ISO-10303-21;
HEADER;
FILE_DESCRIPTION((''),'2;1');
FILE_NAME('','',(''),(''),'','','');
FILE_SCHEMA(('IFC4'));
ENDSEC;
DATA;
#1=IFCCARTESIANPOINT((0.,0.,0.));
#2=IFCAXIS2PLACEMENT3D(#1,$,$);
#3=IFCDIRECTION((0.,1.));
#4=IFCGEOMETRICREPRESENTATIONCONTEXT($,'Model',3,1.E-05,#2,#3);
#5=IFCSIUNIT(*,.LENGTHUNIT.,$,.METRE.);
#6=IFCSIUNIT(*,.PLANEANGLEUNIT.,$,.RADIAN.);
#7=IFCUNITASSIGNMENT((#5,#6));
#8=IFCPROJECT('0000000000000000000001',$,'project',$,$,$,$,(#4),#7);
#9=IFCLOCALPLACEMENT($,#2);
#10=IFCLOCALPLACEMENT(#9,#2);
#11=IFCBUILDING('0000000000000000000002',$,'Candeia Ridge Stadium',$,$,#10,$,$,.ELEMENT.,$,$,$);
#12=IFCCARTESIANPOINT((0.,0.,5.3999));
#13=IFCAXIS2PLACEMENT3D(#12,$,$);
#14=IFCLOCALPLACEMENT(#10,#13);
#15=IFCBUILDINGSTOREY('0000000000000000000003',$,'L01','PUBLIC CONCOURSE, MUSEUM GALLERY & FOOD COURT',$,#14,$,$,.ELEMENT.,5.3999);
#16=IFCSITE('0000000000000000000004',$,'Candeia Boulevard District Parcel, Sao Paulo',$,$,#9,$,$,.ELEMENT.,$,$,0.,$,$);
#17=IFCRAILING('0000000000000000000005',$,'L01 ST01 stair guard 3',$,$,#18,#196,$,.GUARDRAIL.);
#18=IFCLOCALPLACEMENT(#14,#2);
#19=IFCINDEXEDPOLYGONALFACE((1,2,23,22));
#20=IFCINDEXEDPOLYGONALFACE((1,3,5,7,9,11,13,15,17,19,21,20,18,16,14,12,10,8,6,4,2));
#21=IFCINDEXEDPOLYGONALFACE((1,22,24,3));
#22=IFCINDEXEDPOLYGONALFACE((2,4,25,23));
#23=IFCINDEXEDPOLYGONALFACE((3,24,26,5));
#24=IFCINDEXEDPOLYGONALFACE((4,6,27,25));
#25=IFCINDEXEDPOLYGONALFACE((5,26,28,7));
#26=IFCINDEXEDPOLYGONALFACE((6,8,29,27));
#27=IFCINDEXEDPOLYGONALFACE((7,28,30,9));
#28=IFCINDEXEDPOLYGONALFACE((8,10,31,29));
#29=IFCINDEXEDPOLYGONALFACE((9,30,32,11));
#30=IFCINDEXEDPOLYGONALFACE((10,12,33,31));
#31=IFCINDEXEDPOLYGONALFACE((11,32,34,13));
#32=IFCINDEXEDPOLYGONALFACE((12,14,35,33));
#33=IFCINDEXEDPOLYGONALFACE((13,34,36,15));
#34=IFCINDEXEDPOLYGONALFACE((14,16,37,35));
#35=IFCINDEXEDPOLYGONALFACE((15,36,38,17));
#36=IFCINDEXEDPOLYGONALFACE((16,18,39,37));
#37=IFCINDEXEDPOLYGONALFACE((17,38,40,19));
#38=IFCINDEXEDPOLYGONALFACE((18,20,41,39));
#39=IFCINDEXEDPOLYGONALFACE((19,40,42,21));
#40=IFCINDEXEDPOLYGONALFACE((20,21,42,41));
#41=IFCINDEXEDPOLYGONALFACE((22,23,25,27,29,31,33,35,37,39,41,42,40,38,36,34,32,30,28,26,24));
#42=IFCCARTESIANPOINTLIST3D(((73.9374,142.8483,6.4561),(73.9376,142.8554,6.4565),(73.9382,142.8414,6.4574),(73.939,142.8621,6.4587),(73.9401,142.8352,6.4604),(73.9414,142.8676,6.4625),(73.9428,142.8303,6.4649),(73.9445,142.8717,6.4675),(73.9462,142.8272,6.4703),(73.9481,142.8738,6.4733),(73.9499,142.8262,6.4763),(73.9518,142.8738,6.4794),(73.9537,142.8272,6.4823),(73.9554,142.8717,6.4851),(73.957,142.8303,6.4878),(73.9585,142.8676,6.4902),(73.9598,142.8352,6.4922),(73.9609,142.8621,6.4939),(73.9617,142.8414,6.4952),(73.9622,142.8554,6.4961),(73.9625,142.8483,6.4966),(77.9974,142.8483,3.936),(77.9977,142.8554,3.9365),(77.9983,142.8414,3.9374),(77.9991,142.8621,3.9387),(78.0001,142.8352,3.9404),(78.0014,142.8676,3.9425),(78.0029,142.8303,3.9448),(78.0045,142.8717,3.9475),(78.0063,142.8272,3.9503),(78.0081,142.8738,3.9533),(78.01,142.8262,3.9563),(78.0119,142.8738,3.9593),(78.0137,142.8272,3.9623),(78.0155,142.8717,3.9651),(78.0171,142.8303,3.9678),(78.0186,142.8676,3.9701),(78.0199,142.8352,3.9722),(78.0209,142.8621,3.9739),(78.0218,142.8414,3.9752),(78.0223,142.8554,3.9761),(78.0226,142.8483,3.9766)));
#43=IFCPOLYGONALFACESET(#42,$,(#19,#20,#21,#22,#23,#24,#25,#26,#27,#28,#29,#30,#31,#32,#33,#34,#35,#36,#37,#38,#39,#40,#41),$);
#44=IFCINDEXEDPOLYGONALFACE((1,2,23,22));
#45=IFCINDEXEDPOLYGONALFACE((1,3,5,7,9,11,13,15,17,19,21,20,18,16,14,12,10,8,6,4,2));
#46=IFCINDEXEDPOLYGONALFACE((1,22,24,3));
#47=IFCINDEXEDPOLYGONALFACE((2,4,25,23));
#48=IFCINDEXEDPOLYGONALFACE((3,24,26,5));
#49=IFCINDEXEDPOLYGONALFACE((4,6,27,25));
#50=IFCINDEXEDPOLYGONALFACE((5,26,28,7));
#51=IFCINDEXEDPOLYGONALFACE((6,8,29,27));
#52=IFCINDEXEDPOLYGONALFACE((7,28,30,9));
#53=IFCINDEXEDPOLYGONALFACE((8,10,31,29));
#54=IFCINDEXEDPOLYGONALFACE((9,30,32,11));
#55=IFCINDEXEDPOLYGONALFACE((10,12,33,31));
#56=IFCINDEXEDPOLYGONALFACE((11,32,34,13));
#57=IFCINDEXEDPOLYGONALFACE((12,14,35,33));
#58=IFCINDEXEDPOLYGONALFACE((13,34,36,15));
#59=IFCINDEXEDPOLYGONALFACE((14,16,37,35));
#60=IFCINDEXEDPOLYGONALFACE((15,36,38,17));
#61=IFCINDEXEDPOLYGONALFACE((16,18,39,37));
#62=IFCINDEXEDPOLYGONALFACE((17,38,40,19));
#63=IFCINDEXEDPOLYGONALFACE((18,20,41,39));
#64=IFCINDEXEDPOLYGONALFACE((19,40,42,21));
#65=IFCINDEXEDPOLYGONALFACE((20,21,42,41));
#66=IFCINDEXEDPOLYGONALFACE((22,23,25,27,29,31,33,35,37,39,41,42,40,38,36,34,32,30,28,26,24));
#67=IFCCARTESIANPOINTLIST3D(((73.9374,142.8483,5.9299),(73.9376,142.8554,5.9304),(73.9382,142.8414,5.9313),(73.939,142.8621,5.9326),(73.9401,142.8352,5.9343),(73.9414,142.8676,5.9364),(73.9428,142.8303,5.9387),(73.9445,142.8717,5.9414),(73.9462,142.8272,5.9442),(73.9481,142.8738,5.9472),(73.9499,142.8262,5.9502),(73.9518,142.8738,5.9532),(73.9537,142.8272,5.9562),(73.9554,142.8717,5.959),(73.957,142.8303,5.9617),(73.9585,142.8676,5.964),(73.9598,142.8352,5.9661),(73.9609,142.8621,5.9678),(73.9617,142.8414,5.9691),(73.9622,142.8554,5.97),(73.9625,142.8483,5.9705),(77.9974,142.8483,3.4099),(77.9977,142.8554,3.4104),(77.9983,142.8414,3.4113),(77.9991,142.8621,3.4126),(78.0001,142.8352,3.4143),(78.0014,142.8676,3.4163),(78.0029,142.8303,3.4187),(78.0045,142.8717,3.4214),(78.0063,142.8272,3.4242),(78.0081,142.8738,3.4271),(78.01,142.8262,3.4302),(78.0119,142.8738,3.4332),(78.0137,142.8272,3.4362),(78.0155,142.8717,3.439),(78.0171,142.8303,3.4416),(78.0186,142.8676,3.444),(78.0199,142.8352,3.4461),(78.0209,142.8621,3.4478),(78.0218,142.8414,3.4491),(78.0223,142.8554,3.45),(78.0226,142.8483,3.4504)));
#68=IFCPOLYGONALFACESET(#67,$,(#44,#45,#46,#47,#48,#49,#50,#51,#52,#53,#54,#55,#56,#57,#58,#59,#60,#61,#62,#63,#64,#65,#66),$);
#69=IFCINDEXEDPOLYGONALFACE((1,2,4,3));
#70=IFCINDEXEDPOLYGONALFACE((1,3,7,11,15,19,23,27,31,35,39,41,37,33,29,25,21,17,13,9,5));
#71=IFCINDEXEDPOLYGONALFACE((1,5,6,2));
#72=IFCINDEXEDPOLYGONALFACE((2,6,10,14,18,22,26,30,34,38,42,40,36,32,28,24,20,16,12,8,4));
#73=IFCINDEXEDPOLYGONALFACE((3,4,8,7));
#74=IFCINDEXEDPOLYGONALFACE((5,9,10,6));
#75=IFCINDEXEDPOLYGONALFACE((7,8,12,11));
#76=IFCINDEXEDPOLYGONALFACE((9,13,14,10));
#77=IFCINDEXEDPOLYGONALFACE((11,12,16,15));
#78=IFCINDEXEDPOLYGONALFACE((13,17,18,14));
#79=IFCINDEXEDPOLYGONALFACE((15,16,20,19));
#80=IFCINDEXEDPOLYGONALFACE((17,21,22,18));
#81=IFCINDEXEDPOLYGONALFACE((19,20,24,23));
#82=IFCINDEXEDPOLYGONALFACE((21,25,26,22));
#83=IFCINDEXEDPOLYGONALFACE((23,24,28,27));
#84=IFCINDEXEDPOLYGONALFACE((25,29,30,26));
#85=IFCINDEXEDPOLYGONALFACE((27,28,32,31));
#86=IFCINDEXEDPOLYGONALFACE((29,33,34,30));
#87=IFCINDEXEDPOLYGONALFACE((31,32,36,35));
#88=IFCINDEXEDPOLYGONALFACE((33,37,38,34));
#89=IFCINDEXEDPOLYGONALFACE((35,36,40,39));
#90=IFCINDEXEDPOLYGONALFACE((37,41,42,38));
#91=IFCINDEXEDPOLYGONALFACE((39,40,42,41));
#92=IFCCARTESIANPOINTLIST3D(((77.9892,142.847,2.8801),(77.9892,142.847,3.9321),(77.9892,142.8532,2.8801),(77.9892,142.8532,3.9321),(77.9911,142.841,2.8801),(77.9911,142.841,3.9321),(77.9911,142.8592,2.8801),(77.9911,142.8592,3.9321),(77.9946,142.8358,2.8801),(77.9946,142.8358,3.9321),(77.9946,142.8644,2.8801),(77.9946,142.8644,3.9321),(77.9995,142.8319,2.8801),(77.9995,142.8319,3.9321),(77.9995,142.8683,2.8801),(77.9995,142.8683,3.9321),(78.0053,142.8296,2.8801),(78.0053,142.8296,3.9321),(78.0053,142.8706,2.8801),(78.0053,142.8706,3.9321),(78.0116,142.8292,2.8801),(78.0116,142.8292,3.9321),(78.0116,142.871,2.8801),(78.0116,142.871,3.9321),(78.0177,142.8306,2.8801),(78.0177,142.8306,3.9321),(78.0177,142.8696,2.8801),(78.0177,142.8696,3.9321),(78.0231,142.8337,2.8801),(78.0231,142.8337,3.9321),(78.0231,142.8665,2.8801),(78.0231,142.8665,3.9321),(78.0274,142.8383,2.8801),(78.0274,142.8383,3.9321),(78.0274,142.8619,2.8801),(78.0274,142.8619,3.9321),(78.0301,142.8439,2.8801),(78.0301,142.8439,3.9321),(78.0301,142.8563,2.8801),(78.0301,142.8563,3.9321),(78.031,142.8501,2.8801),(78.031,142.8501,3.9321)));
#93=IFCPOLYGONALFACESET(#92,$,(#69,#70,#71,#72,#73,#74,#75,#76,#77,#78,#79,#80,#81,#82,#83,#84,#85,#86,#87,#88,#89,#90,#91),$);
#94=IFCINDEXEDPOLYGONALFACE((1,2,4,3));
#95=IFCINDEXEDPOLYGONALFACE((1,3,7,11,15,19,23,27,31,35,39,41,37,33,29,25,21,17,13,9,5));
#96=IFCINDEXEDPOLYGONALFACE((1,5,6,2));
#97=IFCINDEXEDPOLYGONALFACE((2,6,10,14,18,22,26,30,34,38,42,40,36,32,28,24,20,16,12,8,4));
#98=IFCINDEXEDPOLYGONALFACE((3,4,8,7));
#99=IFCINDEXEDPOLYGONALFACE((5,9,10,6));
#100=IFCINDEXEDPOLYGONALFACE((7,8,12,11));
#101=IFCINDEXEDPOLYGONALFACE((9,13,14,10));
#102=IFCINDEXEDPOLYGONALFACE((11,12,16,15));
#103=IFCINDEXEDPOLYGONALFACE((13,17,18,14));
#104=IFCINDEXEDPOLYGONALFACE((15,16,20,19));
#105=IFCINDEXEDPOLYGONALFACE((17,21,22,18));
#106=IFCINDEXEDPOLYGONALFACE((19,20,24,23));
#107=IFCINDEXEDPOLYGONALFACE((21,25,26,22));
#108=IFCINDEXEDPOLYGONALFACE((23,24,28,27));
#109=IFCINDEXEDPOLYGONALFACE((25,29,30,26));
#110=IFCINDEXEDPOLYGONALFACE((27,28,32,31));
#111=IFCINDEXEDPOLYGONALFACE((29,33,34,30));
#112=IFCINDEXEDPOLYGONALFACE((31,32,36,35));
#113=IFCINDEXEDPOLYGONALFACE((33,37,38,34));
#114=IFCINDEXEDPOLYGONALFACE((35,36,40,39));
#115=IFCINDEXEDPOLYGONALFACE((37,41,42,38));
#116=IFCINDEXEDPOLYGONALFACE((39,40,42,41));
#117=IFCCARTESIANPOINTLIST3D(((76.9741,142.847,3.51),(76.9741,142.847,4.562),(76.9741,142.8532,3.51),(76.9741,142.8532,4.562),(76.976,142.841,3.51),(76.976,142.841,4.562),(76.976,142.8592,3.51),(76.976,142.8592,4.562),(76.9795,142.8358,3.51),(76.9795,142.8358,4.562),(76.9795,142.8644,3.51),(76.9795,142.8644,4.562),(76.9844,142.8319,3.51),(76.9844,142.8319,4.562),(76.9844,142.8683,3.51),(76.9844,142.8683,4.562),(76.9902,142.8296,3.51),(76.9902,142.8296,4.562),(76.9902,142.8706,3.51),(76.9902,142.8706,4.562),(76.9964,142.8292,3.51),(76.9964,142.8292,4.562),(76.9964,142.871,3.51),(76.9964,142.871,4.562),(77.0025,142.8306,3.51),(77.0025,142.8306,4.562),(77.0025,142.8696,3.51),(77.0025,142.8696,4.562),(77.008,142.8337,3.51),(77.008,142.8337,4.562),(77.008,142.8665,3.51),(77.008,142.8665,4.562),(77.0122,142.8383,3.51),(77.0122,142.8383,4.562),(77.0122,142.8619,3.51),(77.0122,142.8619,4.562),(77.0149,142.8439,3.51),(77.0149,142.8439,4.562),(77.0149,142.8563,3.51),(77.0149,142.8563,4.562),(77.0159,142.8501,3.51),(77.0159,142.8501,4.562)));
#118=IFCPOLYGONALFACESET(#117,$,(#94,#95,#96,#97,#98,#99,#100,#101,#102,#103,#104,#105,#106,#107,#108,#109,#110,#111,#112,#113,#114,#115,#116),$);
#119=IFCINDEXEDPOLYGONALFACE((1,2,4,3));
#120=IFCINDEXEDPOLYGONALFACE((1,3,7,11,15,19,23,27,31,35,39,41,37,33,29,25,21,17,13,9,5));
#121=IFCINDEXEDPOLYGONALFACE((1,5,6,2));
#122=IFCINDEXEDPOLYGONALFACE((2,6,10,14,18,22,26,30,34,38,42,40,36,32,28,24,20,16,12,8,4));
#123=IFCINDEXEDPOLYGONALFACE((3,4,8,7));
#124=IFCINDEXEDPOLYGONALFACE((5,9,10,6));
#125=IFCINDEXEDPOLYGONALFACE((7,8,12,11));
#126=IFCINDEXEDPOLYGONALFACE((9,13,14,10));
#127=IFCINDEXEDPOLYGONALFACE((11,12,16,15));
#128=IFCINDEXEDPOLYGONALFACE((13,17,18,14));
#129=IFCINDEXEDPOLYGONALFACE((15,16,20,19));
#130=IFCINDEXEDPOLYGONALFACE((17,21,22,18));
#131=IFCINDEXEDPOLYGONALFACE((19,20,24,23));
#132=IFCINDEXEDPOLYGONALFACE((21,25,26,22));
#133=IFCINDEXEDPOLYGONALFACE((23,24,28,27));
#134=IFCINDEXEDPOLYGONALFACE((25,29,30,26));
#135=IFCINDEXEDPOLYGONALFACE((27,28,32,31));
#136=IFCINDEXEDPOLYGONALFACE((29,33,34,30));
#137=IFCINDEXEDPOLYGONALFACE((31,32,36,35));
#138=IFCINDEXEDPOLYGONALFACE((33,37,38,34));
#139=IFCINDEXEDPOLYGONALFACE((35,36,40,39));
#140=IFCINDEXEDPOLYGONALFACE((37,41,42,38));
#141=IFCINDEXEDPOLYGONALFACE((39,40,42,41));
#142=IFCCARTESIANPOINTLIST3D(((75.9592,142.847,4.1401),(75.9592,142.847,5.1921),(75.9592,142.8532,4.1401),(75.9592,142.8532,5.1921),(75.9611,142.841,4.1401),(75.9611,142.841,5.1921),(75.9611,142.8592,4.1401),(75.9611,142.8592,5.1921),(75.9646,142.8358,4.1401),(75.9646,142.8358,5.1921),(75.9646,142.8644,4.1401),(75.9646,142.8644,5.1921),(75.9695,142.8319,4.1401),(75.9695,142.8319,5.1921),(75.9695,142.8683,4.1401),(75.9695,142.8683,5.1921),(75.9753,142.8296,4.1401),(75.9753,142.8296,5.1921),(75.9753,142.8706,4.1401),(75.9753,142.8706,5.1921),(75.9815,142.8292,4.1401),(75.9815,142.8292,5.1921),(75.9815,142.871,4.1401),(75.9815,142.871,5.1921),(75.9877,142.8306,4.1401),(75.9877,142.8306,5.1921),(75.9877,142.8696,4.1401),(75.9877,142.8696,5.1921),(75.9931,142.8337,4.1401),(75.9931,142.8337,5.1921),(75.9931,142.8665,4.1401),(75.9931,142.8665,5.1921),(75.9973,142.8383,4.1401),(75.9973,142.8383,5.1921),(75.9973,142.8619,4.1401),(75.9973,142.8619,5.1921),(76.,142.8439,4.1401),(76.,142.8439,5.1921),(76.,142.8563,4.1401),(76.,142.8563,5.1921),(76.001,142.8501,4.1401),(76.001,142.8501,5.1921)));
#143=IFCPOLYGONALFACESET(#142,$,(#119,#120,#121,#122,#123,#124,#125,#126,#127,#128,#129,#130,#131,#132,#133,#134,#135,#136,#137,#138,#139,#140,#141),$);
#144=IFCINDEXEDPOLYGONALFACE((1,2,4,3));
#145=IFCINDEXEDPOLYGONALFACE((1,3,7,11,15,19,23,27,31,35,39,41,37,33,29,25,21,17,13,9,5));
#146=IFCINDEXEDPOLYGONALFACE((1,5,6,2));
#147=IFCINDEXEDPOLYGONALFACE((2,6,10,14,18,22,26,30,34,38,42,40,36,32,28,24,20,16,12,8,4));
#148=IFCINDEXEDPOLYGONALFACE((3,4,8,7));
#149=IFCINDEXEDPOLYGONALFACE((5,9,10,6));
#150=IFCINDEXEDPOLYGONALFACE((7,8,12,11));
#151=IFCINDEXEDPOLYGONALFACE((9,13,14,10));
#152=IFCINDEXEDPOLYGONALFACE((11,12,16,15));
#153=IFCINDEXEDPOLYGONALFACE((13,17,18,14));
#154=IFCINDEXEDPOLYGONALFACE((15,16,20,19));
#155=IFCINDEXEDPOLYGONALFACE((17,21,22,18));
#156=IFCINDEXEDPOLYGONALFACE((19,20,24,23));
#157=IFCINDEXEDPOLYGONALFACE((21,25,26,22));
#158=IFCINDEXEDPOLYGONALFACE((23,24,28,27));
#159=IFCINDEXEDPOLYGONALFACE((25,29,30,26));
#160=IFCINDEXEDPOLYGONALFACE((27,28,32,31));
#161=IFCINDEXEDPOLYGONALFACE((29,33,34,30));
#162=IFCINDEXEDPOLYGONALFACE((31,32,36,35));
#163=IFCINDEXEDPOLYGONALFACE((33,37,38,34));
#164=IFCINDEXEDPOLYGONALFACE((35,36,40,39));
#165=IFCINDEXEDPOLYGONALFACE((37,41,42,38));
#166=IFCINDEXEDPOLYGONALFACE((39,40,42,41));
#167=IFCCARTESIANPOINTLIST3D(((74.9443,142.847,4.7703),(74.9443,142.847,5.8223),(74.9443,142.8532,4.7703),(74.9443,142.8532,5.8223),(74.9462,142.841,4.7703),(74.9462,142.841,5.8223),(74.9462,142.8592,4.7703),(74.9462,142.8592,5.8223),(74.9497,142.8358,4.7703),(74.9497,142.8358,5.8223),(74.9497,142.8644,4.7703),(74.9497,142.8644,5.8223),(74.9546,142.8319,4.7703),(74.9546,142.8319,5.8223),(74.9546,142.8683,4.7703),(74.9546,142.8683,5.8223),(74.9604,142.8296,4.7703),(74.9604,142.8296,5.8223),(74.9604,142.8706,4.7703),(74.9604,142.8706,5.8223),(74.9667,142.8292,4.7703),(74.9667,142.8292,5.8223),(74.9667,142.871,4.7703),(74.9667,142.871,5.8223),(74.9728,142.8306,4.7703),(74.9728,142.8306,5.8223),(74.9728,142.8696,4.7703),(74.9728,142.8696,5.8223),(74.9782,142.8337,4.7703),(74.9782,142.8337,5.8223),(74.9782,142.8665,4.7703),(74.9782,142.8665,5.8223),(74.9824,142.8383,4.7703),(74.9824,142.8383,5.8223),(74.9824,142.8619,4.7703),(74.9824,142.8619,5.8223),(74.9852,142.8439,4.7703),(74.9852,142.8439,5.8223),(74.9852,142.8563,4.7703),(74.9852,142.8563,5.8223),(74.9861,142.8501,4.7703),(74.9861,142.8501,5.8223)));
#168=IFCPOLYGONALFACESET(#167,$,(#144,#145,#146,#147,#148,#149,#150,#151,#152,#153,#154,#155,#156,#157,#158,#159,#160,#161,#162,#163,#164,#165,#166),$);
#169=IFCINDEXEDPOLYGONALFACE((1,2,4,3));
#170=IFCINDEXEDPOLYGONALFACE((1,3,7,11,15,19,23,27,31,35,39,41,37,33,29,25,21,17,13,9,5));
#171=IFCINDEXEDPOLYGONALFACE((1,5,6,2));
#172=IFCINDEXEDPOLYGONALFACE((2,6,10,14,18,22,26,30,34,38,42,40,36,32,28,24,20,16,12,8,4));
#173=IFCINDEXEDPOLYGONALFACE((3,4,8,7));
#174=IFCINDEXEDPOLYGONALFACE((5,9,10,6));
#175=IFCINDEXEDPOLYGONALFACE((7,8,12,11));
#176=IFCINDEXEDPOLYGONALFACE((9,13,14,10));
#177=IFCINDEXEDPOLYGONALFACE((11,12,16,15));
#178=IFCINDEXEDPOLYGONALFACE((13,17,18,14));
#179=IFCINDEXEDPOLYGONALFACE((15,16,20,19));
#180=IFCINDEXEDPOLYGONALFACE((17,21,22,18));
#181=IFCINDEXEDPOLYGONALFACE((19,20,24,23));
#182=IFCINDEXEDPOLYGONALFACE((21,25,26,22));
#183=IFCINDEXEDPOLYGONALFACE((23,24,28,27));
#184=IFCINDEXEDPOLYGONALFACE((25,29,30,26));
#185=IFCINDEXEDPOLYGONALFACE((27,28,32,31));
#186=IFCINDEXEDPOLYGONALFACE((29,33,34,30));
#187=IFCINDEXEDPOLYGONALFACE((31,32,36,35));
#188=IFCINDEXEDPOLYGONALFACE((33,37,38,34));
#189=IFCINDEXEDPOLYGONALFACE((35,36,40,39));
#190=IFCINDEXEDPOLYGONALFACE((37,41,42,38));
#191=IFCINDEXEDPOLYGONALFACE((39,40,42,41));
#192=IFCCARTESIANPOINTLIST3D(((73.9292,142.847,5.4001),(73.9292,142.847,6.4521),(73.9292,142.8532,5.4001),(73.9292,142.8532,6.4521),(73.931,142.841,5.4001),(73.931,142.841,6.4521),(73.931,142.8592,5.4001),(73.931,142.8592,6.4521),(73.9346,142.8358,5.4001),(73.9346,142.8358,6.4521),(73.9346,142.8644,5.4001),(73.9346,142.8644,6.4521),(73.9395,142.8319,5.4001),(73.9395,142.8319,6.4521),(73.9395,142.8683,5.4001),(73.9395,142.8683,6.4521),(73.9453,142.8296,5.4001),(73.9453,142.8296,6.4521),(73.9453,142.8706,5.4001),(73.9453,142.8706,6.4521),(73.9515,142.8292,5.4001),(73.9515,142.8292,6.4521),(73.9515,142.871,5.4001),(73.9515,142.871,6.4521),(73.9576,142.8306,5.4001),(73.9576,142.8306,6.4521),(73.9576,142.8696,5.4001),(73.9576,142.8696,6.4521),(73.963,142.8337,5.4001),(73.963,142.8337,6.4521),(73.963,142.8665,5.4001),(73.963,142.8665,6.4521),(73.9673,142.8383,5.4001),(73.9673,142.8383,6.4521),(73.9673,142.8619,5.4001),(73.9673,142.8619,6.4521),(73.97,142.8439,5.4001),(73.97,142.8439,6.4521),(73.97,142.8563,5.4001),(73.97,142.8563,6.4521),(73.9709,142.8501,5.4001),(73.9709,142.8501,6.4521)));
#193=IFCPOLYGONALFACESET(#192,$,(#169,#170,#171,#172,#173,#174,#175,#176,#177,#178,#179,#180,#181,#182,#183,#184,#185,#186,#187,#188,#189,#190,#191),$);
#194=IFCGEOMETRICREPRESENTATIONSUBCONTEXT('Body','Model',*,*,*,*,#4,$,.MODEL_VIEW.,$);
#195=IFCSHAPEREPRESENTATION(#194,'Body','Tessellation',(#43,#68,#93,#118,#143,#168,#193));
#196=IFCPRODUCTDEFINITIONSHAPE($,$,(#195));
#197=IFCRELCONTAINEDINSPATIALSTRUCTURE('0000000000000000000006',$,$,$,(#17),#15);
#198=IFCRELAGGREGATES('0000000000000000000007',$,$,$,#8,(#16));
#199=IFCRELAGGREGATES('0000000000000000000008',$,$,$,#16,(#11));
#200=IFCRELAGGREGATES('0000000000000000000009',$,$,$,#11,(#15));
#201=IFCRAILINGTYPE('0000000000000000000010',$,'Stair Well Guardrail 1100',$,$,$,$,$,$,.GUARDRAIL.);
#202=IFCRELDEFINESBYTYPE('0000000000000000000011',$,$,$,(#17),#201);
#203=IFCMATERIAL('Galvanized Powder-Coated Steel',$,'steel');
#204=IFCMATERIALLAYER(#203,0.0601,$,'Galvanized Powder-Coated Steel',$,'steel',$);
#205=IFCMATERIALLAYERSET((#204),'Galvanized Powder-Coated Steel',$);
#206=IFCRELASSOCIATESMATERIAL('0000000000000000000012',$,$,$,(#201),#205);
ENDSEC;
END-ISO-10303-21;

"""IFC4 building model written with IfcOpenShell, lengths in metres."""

from ifc_helpers import new_model, si_unit, direction, frame, origin, origin_2d, place, context, subcontext, project, spatial, circle, extrude, material, layer, layer_set, type_object, element, save


model = new_model("IFC4")

# Units and contexts
model_context = context("Model", 3, precision=1e-05, world=origin(), true_north=direction((0.0, 1.0)))
body_context = subcontext(model_context, "Body", "Model", "MODEL_VIEW")
ifc_project = project(units=[si_unit("LENGTHUNIT", "METRE"), si_unit("PLANEANGLEUNIT", "RADIAN")], contexts=[model_context])

# Site, building, storey
site_placement = place(None, origin())
site = spatial("IfcSite", under=ifc_project, at=site_placement, Name="Candeia Boulevard District Parcel, Sao Paulo", CompositionType="ELEMENT", RefElevation=0.0)
building_placement = place(site_placement, origin())
building = spatial("IfcBuilding", under=site, at=building_placement, Name="Candeia Ridge Stadium", CompositionType="ELEMENT")
storey_placement = place(building_placement, frame((0.0, 0.0, 5.3999)))
storey = spatial("IfcBuildingStorey", under=building, at=storey_placement, Name="L01", Description="PUBLIC CONCOURSE, MUSEUM GALLERY & FOOD COURT", CompositionType="ELEMENT", Elevation=5.3999)

# Railing
ifc_material_1 = material(Name="Galvanized Powder-Coated Steel", Category="steel")
ifc_layer_1 = layer(ifc_material_1, 0.0601, Name="Galvanized Powder-Coated Steel", Category="steel")
ifc_layer_set_1 = layer_set([ifc_layer_1], Name="Galvanized Powder-Coated Steel")
railing_type_1 = type_object("IfcRailingType", Name="Stair Well Guardrail 1100", PredefinedType="GUARDRAIL", material=ifc_layer_set_1)
railing_1_placement = place(storey_placement, frame((78.01, 142.8501, 2.8801)))
element("IfcRailing", 1, at=railing_1_placement, inside=storey, type_object=railing_type_1, Name="L01 ST01 stair guard 3", PredefinedType="GUARDRAIL", context=body_context, shape_type="SweptSolid", body=[
    extrude(circle(Radius=0.0239, at=origin_2d()), frame((0.0, 0.0, 1.0762), z_axis=(-0.849642, 0.0, 0.52736), x_axis=(0.0, -1.0, 0.0)), (0.0, 0.0, 1.0), 4.7786),
    extrude(circle(Radius=0.0239, at=origin_2d()), frame((0.0, 0.0, 0.55), z_axis=(-0.849642, 0.0, 0.52736), x_axis=(0.0, -1.0, 0.0)), (0.0, 0.0, 1.0), 4.7786),
    extrude(circle(Radius=0.021, at=origin_2d()), origin(), (0.0, 0.0, 1.0), 1.052),
    extrude(circle(Radius=0.021, at=origin_2d()), frame((-1.0151, 0.0, 0.6299)), (0.0, 0.0, 1.0), 1.052),
    extrude(circle(Radius=0.021, at=origin_2d()), frame((-2.03, 0.0, 1.26)), (0.0, 0.0, 1.0), 1.052),
    extrude(circle(Radius=0.021, at=origin_2d()), frame((-3.0449, 0.0, 1.8901)), (0.0, 0.0, 1.0), 1.052),
    extrude(circle(Radius=0.021, at=origin_2d()), frame((-4.0601, 0.0, 2.52)), (0.0, 0.0, 1.0), 1.052),
])

save(model, "model.ifc")
